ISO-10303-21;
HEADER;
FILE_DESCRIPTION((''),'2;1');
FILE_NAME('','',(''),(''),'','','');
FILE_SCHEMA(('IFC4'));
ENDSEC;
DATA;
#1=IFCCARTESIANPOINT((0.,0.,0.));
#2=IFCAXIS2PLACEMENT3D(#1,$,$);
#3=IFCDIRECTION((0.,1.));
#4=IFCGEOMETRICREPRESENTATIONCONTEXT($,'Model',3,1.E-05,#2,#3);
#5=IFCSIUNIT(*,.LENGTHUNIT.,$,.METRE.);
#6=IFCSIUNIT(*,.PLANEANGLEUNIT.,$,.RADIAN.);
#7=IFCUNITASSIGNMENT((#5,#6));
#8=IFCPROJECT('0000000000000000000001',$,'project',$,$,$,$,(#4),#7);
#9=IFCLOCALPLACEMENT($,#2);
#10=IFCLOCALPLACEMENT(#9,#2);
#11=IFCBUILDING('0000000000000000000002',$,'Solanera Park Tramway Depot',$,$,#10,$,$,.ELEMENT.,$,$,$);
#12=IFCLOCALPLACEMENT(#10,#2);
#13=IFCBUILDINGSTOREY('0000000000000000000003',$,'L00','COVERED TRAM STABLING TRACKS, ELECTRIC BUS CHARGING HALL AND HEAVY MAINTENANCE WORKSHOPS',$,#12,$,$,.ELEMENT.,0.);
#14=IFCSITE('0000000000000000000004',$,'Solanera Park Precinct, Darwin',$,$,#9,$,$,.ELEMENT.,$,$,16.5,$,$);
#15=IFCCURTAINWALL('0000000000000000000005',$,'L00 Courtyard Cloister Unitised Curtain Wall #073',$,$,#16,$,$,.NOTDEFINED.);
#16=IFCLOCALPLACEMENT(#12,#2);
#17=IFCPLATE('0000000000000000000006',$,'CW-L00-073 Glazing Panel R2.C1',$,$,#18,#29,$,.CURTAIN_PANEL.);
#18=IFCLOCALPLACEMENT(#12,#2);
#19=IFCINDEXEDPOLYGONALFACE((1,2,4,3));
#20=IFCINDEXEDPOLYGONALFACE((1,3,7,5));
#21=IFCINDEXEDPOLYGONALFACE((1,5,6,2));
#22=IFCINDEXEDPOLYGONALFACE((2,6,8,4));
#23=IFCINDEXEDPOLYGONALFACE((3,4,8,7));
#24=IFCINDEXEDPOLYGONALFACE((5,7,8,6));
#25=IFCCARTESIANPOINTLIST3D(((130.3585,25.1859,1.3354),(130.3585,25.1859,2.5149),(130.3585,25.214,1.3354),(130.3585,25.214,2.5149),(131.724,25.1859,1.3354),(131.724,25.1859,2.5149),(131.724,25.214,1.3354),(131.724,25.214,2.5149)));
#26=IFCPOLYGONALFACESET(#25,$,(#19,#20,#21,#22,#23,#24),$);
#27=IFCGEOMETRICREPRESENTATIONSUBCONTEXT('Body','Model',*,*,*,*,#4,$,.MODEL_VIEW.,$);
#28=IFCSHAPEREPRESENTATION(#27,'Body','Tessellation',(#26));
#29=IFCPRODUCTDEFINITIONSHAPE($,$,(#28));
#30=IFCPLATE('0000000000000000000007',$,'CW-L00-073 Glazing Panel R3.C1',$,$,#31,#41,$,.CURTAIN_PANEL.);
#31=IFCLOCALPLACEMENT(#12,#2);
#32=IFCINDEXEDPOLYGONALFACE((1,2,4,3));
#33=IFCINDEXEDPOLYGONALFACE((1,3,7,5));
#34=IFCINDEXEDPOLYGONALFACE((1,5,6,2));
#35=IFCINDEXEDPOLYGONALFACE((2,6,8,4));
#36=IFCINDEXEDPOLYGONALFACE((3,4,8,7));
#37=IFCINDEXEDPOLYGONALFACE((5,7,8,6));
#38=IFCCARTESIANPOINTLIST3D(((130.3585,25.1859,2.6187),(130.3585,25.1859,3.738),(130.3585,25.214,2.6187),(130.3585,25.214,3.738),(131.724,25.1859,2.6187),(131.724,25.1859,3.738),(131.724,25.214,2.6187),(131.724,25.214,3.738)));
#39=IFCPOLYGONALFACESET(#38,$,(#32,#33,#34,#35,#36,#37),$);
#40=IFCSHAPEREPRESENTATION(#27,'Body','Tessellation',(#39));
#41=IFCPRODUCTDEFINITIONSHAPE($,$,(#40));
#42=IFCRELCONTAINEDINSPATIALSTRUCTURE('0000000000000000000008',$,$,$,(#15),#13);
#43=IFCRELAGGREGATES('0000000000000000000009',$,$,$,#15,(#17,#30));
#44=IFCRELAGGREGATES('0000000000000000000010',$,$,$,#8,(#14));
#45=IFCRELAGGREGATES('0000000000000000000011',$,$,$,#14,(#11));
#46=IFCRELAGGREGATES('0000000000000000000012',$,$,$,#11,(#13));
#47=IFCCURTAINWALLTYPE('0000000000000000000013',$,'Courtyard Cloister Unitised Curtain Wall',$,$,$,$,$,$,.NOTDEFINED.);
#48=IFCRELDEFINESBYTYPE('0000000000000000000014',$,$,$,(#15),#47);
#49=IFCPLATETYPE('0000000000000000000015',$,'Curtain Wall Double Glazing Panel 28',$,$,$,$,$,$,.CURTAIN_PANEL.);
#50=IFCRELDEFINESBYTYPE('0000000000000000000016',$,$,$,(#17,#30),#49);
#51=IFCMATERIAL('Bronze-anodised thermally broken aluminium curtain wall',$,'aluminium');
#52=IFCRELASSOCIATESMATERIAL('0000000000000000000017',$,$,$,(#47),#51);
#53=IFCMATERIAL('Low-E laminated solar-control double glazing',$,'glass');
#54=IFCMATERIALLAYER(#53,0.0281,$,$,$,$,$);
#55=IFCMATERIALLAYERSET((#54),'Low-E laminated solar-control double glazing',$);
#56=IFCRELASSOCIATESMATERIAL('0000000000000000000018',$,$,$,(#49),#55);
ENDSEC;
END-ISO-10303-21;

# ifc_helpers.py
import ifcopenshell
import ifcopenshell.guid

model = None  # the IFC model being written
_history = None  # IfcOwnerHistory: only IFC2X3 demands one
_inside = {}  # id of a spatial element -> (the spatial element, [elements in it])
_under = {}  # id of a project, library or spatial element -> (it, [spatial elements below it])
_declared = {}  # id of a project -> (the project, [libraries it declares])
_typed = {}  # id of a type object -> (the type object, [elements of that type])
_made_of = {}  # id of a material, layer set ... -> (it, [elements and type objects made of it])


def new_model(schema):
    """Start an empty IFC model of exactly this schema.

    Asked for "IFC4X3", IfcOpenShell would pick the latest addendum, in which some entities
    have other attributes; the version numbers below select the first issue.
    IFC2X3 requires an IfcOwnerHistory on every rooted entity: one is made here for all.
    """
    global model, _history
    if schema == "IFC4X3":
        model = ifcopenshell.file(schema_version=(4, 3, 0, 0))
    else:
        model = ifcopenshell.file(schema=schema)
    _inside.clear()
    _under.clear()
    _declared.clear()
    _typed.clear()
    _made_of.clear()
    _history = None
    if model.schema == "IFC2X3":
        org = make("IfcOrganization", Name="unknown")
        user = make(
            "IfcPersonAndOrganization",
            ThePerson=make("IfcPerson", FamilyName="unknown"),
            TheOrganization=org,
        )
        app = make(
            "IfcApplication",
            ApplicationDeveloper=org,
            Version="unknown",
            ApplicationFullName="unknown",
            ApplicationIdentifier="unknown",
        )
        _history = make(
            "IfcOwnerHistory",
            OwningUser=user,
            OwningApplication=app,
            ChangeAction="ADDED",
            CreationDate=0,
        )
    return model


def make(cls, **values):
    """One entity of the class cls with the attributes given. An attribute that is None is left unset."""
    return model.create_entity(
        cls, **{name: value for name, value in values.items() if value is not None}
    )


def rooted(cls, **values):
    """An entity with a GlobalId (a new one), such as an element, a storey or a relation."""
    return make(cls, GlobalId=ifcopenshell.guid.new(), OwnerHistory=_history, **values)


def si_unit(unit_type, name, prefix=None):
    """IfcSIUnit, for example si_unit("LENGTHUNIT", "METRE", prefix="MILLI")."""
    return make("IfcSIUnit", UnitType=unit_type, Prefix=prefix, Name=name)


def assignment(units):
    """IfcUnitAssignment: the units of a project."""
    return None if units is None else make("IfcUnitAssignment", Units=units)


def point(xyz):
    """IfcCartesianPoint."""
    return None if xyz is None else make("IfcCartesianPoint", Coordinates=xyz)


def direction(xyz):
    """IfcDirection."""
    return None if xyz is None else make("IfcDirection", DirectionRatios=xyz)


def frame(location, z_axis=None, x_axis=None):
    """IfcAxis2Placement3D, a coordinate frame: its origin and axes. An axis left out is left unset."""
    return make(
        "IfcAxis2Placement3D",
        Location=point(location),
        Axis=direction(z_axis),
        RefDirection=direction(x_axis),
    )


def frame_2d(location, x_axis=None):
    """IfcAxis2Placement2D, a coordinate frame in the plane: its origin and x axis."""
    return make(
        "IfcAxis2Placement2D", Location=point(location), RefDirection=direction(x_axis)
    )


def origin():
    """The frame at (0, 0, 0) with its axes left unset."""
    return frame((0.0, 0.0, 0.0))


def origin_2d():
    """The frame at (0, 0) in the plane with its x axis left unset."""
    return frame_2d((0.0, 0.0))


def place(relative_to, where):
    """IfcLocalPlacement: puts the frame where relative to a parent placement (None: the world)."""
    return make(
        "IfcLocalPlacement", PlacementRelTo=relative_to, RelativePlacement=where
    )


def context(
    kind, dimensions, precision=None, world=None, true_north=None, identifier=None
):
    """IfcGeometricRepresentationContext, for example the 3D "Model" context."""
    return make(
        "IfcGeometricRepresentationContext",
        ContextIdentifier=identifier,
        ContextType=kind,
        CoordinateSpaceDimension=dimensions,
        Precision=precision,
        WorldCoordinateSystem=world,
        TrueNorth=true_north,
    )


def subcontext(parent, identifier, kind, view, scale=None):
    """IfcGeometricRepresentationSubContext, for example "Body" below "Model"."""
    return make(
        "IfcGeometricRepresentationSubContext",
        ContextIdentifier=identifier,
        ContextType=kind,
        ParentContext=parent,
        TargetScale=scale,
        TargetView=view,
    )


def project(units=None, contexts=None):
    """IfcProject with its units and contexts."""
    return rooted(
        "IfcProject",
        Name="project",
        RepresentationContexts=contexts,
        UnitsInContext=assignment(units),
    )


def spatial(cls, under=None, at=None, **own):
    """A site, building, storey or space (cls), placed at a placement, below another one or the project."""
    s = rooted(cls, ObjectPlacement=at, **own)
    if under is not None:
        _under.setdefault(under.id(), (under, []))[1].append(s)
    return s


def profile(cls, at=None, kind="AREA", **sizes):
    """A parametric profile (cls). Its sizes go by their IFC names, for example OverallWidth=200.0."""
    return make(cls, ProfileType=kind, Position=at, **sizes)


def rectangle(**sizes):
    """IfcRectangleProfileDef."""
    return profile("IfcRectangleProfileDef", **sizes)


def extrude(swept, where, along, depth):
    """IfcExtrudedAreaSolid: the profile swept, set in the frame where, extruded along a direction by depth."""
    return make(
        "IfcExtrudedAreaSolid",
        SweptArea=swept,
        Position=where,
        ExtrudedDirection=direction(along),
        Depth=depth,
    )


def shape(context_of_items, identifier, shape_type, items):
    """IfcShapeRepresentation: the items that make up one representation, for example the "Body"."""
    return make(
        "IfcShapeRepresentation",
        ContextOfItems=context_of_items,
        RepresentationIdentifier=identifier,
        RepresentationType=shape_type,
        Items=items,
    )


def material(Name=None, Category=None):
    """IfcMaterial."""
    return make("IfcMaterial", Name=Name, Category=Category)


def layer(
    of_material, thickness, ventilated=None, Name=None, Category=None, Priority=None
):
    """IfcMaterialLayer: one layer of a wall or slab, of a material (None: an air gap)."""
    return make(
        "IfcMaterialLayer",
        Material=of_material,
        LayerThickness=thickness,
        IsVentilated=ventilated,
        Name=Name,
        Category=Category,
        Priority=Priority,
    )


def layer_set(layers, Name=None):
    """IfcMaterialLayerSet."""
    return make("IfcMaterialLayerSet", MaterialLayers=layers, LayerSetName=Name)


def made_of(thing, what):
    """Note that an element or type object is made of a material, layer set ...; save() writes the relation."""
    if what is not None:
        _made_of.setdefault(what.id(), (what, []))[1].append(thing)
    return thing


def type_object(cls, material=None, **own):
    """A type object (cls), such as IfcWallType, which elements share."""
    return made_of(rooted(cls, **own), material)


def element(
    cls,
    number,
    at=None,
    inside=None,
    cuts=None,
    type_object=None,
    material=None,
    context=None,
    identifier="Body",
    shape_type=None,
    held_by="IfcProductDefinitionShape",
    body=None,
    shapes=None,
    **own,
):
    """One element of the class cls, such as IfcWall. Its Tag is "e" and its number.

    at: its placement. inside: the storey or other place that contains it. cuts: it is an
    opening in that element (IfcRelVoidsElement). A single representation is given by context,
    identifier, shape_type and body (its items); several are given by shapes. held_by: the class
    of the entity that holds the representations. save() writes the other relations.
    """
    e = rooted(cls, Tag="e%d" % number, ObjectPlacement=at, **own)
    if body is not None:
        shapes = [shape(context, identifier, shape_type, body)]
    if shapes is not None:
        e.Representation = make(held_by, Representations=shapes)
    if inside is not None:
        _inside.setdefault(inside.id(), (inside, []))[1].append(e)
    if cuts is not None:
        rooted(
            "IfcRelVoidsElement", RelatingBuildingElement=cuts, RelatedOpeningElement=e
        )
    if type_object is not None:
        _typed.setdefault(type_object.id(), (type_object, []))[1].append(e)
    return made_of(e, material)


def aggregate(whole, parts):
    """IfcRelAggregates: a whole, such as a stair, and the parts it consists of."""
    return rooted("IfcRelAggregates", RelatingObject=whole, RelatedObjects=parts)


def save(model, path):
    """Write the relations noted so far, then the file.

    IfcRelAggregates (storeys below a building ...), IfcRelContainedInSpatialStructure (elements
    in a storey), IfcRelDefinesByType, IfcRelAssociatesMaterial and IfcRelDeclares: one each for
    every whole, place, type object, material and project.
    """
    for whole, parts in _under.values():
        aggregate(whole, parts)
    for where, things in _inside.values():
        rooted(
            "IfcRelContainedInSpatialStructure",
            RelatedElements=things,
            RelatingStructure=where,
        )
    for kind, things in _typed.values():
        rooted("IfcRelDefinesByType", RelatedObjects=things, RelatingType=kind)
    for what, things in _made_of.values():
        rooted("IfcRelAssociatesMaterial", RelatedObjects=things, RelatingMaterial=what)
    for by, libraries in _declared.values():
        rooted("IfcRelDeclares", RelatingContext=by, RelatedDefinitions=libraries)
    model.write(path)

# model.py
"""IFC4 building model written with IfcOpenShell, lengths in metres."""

from ifc_helpers import new_model, si_unit, direction, frame, origin, origin_2d, place, context, subcontext, project, spatial, rectangle, extrude, material, layer, layer_set, type_object, element, aggregate, save


model = new_model("IFC4")

# Units and contexts
model_context = context("Model", 3, precision=1e-05, world=origin(), true_north=direction((0.0, 1.0)))
body_context = subcontext(model_context, "Body", "Model", "MODEL_VIEW")
ifc_project = project(units=[si_unit("LENGTHUNIT", "METRE"), si_unit("PLANEANGLEUNIT", "RADIAN")], contexts=[model_context])

# Site, building, storey
site_placement = place(None, origin())
site = spatial("IfcSite", under=ifc_project, at=site_placement, Name="Solanera Park Precinct, Darwin", CompositionType="ELEMENT", RefElevation=16.5)
building_placement = place(site_placement, origin())
building = spatial("IfcBuilding", under=site, at=building_placement, Name="Solanera Park Tramway Depot", CompositionType="ELEMENT")
storey_placement = place(building_placement, origin())
storey = spatial("IfcBuildingStorey", under=building, at=storey_placement, Name="L00", Description="COVERED TRAM STABLING TRACKS, ELECTRIC BUS CHARGING HALL AND HEAVY MAINTENANCE WORKSHOPS", CompositionType="ELEMENT", Elevation=0.0)

# Shared definitions
ifc_material_1 = material(Name="Bronze-anodised thermally broken aluminium curtain wall", Category="aluminium")
curtain_wall_type = type_object("IfcCurtainWallType", Name="Courtyard Cloister Unitised Curtain Wall", PredefinedType="NOTDEFINED", material=ifc_material_1)

# Curtain wall
curtain_wall_1_placement = place(storey_placement, origin())
curtain_wall_1 = element("IfcCurtainWall", 1, at=curtain_wall_1_placement, inside=storey, type_object=curtain_wall_type, Name="L00 Courtyard Cloister Unitised Curtain Wall #073", PredefinedType="NOTDEFINED")

# Plates
ifc_material_2 = material(Name="Low-E laminated solar-control double glazing", Category="glass")
ifc_layer = layer(ifc_material_2, 0.0281)
ifc_layer_set = layer_set([ifc_layer], Name="Low-E laminated solar-control double glazing")
plate_type = type_object("IfcPlateType", Name="Curtain Wall Double Glazing Panel 28", PredefinedType="CURTAIN_PANEL", material=ifc_layer_set)
plate_1_placement = place(storey_placement, frame((131.0413, 25.2, 1.3354), z_axis=(0.0, 0.0, 1.0), x_axis=(1.0, 0.0, 0.0)))
plate_1 = element("IfcPlate", 2, at=plate_1_placement, type_object=plate_type, Name="CW-L00-073 Glazing Panel R2.C1", PredefinedType="CURTAIN_PANEL", context=body_context, shape_type="SweptSolid", body=[
    extrude(rectangle(XDim=1.3655, YDim=0.0281, at=origin_2d()), origin(), (0.0, 0.0, 1.0), 1.1794),
])
plate_2_placement = place(storey_placement, frame((131.0413, 25.2, 2.6187), z_axis=(0.0, 0.0, 1.0), x_axis=(1.0, 0.0, 0.0)))
plate_2 = element("IfcPlate", 3, at=plate_2_placement, type_object=plate_type, Name="CW-L00-073 Glazing Panel R3.C1", PredefinedType="CURTAIN_PANEL", context=body_context, shape_type="SweptSolid", body=[
    extrude(rectangle(XDim=1.3655, YDim=0.0281, at=origin_2d()), origin(), (0.0, 0.0, 1.0), 1.1194),
])
aggregate(curtain_wall_1, [plate_1, plate_2])

save(model, "model.ifc")
